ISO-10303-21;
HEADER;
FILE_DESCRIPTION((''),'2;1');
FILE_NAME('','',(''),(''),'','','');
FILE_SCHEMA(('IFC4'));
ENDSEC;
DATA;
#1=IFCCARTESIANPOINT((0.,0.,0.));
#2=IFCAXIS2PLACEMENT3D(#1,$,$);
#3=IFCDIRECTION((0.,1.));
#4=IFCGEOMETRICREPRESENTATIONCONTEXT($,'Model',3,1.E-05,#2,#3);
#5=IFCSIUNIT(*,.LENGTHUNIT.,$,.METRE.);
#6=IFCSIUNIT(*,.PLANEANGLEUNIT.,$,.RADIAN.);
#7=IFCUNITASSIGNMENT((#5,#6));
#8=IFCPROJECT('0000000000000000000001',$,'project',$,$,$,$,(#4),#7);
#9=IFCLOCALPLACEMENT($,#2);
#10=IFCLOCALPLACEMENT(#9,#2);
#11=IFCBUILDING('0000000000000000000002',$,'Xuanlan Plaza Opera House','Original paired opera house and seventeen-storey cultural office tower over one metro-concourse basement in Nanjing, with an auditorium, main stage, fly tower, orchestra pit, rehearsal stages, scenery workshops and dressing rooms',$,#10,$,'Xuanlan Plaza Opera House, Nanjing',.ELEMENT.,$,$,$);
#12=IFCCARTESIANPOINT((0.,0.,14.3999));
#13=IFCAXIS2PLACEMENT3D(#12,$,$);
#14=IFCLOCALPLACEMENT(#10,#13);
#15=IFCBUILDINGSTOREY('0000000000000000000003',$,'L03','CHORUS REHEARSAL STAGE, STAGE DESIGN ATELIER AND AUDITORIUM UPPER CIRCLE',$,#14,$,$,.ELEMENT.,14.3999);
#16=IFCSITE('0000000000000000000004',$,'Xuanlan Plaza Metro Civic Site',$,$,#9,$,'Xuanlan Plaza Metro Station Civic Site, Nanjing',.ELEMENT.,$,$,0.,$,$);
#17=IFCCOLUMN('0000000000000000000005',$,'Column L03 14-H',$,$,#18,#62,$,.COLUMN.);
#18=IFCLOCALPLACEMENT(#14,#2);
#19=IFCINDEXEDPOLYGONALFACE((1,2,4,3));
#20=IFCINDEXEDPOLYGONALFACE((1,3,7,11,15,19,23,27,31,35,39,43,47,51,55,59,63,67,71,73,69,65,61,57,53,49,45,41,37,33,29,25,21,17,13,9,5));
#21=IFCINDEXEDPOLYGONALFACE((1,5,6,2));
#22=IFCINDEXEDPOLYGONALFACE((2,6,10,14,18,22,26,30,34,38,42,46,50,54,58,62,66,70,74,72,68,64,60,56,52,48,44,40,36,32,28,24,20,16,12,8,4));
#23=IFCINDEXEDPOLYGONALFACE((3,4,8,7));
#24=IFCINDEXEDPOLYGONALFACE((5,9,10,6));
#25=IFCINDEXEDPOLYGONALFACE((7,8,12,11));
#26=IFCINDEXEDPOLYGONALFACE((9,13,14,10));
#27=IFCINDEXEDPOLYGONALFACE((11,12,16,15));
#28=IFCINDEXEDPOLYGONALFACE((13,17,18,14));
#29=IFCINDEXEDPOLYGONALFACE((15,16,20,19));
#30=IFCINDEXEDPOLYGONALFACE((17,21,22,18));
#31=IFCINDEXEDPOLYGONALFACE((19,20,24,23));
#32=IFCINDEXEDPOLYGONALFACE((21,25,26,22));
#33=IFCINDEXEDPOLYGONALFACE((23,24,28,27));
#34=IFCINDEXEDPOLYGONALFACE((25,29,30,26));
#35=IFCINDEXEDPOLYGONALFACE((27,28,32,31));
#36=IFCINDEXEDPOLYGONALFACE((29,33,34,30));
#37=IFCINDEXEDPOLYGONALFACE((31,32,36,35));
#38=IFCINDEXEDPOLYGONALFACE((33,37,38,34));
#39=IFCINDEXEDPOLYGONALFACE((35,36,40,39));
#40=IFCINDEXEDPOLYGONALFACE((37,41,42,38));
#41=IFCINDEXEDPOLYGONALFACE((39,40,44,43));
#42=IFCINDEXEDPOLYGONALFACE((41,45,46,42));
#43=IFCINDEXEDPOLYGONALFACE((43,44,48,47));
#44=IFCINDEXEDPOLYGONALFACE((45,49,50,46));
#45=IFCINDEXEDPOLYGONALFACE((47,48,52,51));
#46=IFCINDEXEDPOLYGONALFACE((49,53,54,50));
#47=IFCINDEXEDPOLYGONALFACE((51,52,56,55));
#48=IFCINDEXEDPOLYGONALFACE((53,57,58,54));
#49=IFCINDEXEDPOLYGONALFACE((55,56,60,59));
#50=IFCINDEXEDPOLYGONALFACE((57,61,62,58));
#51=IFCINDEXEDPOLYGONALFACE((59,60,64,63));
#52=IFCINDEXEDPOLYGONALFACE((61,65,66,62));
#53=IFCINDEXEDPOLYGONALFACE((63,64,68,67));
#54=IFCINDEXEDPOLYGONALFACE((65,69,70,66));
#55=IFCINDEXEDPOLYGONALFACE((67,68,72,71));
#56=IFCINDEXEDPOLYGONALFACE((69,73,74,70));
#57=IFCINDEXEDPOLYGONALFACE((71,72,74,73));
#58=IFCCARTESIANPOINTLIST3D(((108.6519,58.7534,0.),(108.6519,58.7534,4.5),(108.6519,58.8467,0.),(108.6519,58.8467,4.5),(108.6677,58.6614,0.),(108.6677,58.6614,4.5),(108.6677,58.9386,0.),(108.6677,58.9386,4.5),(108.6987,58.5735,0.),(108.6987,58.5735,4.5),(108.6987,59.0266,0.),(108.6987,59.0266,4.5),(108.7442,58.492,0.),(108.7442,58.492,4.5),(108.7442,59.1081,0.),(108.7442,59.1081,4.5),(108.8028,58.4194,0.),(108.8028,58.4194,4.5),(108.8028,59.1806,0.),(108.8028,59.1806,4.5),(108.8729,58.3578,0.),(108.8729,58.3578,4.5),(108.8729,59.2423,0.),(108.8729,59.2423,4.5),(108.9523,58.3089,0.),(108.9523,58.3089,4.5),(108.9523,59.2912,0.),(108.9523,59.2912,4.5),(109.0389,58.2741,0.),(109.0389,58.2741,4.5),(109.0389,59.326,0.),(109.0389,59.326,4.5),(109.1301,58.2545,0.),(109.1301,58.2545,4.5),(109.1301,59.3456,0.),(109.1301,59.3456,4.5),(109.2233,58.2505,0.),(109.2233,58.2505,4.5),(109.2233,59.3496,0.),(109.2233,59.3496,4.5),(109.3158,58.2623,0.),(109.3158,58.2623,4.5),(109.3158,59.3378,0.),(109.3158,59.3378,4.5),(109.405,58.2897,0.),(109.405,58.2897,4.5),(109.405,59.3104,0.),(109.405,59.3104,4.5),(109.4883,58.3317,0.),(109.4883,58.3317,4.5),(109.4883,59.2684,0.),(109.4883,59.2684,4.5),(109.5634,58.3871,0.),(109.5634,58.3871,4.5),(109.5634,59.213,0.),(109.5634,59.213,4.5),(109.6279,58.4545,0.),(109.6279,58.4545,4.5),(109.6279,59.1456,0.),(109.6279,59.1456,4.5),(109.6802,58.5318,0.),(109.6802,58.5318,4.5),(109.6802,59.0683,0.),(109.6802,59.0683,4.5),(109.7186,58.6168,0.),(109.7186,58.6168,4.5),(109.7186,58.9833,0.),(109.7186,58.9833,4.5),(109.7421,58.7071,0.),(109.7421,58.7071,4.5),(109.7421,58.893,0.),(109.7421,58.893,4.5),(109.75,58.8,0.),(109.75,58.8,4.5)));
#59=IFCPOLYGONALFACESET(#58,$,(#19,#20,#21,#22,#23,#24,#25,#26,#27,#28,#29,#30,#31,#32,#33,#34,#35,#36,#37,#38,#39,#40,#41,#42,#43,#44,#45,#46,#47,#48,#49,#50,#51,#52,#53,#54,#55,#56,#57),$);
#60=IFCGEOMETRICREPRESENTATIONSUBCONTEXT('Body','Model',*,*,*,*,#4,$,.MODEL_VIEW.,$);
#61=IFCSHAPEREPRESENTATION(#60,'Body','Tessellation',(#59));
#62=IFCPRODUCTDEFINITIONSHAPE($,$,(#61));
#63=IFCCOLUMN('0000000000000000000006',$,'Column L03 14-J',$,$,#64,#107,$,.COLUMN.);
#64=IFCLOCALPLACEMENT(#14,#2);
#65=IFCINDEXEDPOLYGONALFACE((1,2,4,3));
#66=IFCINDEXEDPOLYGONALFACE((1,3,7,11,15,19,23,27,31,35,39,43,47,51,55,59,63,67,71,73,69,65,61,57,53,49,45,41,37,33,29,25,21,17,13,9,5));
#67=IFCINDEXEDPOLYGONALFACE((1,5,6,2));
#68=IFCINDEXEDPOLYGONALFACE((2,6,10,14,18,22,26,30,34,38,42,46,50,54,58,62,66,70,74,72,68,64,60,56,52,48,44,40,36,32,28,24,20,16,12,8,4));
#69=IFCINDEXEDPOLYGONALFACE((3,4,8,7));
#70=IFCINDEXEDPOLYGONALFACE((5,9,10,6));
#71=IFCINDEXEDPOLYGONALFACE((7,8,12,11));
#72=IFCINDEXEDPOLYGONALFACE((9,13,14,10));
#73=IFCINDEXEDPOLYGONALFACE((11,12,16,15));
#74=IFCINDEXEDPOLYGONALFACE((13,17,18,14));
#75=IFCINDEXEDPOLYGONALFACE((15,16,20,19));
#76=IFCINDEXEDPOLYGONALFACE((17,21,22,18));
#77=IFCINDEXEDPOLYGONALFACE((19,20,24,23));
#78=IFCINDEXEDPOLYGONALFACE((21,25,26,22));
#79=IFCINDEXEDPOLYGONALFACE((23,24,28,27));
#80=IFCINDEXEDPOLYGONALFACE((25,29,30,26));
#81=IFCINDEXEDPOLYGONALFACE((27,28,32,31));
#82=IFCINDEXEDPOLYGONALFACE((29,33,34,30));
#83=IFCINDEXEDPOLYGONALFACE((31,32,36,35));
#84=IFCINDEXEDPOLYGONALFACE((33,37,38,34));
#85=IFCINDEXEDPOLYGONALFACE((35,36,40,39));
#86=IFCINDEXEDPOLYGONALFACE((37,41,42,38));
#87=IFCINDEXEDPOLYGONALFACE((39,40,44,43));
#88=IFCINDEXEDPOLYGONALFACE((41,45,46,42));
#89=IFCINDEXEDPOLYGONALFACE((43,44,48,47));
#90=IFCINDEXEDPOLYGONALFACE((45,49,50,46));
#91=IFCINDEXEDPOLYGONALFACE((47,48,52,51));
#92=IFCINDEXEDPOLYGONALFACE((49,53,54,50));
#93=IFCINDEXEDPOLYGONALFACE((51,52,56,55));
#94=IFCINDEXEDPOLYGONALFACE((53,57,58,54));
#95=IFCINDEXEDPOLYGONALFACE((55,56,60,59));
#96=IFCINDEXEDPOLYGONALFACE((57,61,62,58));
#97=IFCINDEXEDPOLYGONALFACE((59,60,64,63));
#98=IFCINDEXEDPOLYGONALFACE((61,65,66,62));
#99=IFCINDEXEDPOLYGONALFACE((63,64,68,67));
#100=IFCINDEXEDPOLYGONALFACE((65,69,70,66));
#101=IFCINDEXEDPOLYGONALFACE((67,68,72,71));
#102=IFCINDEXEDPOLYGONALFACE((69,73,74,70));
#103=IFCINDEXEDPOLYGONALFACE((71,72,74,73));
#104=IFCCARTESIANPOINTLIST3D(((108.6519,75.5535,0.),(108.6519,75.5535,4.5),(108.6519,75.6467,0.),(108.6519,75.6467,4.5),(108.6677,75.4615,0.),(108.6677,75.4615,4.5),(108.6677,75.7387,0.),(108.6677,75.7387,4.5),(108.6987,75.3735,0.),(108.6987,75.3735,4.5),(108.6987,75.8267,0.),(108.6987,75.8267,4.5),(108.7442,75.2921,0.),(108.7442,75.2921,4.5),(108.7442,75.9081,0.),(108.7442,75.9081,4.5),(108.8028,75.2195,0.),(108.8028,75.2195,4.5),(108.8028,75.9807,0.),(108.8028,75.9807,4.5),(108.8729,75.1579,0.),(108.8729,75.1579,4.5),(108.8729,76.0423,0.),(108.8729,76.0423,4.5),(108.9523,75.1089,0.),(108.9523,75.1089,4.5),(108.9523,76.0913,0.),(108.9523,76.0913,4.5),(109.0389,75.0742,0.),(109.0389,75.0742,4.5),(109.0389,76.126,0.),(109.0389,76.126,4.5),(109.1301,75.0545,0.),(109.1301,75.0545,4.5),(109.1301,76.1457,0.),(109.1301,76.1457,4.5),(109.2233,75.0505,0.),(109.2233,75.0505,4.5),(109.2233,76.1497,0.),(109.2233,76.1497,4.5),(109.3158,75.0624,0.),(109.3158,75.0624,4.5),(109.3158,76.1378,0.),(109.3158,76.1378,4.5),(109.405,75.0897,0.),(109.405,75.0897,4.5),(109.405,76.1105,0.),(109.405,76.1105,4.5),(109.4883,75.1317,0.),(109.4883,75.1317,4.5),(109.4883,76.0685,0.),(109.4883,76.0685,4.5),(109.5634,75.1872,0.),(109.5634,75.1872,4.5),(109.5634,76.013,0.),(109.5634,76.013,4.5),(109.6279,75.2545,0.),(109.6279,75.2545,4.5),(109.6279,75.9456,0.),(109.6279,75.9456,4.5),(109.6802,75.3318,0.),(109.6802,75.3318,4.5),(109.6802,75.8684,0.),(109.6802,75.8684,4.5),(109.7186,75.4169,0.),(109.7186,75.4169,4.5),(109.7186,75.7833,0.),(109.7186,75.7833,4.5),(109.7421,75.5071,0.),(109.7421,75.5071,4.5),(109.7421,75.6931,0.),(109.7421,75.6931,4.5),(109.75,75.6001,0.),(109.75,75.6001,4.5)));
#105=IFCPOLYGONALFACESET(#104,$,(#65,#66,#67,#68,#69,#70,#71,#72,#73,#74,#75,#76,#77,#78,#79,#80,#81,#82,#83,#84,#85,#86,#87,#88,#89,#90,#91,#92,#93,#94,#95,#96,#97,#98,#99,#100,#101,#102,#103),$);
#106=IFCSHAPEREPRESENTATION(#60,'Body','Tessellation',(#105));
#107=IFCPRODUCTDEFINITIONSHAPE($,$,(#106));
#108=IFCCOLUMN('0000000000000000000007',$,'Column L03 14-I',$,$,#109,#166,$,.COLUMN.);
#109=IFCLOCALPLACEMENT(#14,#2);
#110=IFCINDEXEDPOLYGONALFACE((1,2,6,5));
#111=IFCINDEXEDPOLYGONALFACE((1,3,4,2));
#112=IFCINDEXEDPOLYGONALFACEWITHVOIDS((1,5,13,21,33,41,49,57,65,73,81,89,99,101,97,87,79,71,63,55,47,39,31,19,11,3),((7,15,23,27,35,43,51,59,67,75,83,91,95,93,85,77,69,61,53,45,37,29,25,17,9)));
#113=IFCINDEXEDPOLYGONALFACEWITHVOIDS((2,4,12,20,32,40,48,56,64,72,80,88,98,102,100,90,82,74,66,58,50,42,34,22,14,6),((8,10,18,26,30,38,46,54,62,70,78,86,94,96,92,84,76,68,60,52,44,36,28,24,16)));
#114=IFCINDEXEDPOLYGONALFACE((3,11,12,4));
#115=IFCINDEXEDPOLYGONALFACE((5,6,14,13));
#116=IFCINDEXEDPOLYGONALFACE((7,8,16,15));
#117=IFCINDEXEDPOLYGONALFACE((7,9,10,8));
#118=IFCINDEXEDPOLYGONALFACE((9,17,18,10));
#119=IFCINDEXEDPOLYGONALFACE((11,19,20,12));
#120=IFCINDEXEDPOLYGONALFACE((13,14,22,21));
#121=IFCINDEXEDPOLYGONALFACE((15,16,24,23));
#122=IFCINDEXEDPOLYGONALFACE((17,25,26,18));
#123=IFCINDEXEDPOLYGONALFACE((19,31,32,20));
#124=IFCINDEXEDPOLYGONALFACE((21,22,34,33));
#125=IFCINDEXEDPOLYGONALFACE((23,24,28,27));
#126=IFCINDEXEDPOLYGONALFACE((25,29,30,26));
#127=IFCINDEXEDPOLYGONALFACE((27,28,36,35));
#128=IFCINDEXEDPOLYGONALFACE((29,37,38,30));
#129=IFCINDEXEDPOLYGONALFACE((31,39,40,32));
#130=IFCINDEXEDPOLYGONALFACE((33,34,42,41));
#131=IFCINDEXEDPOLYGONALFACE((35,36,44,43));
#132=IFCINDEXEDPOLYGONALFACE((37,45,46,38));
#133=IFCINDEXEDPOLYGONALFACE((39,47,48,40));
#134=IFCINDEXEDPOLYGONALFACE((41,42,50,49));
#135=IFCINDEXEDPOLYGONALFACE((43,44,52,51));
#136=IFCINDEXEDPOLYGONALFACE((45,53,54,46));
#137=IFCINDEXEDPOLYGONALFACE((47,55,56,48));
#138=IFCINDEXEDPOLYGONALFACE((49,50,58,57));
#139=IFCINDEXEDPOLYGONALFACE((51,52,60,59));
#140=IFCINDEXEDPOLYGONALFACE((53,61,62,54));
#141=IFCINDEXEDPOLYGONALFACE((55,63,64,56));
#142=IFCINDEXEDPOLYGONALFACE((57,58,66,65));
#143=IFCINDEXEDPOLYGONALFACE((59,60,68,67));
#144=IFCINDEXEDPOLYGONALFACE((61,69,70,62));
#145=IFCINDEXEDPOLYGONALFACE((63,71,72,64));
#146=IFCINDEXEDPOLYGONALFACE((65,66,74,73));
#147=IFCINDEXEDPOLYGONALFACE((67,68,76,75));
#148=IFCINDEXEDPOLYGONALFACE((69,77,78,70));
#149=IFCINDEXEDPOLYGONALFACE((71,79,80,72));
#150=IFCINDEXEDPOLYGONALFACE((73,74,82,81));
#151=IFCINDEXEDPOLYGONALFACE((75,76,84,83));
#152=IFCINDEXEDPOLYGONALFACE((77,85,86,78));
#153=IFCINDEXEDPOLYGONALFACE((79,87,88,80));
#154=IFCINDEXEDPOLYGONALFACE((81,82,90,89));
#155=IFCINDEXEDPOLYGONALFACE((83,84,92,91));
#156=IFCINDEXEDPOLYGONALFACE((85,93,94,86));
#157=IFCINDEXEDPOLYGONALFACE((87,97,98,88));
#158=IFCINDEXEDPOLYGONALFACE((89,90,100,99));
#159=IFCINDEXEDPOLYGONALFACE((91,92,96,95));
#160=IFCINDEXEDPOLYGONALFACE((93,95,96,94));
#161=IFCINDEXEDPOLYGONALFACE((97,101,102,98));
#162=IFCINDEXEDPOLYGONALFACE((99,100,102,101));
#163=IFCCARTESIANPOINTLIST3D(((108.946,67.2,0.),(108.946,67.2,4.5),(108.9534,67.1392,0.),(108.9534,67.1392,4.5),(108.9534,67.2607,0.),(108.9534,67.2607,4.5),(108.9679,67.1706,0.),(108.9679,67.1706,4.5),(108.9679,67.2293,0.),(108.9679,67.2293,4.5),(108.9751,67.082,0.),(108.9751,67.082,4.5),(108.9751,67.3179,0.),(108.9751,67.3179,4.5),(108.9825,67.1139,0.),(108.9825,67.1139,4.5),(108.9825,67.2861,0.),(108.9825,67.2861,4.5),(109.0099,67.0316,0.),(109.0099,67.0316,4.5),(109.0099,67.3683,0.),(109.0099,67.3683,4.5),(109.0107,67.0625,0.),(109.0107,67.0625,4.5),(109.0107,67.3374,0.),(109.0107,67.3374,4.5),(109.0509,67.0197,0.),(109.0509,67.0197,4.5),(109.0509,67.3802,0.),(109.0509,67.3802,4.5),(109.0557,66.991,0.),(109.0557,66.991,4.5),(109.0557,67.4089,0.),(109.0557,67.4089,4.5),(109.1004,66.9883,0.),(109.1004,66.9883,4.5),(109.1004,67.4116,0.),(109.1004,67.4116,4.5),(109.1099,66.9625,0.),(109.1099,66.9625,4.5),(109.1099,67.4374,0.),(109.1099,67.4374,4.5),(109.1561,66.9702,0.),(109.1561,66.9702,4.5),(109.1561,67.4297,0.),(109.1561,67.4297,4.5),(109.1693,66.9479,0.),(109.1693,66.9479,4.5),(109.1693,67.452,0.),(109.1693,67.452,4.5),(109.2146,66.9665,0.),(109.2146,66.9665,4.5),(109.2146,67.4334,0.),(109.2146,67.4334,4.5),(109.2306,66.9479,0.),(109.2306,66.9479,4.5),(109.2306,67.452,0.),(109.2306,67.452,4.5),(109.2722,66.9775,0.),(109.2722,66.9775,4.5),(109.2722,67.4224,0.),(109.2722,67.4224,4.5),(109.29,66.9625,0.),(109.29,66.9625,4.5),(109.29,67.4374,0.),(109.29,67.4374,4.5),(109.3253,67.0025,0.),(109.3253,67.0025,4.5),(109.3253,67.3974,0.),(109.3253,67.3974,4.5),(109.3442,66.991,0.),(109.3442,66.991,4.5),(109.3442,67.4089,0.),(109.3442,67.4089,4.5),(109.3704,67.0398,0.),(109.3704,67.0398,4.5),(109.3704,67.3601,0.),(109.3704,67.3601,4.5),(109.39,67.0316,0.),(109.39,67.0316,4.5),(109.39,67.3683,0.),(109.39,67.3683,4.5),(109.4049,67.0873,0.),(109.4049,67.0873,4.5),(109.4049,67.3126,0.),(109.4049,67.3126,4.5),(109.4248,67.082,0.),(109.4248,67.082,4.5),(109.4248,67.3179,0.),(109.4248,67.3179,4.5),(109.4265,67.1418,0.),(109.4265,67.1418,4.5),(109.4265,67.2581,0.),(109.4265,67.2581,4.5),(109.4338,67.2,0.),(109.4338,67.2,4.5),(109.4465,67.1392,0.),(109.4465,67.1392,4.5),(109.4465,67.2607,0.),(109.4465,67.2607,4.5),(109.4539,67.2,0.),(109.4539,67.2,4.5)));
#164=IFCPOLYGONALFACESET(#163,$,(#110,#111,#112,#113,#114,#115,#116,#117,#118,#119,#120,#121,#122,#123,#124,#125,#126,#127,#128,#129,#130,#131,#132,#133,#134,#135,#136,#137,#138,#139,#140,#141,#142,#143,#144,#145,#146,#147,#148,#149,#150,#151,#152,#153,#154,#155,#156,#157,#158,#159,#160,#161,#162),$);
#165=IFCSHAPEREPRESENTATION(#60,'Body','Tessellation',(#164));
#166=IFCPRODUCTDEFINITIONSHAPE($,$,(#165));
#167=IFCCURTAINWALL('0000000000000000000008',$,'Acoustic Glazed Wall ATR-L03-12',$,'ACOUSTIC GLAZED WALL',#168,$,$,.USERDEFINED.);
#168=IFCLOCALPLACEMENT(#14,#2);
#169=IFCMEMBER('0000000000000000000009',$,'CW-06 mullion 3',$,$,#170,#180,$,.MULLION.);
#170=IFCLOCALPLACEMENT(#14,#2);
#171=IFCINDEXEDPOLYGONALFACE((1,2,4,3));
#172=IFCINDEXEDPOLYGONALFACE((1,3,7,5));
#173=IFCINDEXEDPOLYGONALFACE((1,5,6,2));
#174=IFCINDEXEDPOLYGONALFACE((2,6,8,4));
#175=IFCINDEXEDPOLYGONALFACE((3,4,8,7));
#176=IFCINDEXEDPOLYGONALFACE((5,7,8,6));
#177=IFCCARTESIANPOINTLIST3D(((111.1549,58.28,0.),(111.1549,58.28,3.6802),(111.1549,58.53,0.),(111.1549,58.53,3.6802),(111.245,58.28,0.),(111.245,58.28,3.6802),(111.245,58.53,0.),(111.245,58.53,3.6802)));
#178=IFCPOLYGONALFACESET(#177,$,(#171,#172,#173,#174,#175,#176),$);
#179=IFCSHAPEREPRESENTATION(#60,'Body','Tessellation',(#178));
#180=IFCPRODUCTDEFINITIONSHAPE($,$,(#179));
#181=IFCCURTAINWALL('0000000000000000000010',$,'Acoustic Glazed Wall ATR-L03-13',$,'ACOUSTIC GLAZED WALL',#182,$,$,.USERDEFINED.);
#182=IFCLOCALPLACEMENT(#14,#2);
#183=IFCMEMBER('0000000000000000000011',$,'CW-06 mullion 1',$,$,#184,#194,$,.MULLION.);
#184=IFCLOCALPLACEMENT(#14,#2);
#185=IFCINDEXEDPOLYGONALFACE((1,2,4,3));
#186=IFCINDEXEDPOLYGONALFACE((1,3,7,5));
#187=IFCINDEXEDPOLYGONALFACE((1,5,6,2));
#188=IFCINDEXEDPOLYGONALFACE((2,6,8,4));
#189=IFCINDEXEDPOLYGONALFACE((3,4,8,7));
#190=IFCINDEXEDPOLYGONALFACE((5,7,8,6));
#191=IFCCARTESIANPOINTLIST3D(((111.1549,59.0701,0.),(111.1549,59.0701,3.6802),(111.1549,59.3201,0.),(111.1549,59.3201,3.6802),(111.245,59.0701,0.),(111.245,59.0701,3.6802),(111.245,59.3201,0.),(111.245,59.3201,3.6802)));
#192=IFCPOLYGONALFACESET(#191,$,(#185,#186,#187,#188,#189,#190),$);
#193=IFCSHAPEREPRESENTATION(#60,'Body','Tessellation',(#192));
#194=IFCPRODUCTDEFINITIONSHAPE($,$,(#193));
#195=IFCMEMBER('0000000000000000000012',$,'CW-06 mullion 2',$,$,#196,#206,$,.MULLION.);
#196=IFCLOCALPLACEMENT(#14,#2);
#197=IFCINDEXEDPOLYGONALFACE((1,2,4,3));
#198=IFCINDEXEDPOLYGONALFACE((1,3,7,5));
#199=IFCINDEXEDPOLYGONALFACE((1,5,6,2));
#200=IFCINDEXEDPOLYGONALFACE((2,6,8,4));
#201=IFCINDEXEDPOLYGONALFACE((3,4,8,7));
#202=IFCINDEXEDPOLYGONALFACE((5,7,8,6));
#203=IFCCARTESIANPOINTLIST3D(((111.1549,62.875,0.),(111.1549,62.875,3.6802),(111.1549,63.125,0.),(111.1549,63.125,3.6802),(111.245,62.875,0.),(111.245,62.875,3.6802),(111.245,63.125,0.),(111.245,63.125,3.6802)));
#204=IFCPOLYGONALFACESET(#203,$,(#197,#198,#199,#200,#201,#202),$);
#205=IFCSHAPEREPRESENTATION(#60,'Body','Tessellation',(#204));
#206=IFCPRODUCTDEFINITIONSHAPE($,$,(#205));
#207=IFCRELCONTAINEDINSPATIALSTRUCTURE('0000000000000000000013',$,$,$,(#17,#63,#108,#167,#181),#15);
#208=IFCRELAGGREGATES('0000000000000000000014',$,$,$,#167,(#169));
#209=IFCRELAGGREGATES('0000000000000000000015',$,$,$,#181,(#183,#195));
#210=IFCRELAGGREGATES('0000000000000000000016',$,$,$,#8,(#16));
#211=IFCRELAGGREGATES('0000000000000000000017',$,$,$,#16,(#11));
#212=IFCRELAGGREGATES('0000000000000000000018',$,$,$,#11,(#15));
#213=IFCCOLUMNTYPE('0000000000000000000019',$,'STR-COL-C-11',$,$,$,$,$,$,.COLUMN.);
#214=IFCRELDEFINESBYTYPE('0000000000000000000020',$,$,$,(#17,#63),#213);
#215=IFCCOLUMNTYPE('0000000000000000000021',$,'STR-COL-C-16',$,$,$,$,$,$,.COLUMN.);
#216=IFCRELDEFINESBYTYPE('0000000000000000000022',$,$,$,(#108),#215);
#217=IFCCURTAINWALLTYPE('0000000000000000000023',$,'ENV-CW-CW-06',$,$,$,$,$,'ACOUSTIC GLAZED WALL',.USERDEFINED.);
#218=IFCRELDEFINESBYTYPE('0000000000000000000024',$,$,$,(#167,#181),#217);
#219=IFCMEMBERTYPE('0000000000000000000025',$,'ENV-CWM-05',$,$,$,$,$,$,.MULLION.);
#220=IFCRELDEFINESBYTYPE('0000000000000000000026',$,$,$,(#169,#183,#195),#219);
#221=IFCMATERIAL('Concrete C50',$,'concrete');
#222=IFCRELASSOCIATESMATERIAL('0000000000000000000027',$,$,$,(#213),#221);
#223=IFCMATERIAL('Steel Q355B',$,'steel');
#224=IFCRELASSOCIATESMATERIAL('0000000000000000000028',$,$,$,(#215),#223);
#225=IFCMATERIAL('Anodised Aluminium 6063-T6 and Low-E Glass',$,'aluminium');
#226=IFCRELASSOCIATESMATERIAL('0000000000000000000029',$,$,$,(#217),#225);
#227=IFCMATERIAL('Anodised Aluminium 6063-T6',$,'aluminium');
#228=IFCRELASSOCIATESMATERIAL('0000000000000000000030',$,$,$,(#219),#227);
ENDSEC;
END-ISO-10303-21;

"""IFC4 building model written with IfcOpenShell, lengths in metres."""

from ifc_helpers import new_model, si_unit, direction, frame, origin, origin_2d, place, context, subcontext, project, spatial, rectangle, circle, hollow_circle, extrude, material, material_profile, profile_set, type_object, element, aggregate, save


model = new_model("IFC4")

# Units and contexts
model_context = context("Model", 3, precision=1e-05, world=origin(), true_north=direction((0.0, 1.0)))
body_context = subcontext(model_context, "Body", "Model", "MODEL_VIEW")
ifc_project = project(units=[si_unit("LENGTHUNIT", "METRE"), si_unit("PLANEANGLEUNIT", "RADIAN")], contexts=[model_context])

# Site, building, storey
site_placement = place(None, origin())
site = spatial("IfcSite", under=ifc_project, at=site_placement, Name="Xuanlan Plaza Metro Civic Site", LongName="Xuanlan Plaza Metro Station Civic Site, Nanjing", CompositionType="ELEMENT", RefElevation=0.0)
building_placement = place(site_placement, origin())
building = spatial("IfcBuilding", under=site, at=building_placement, Name="Xuanlan Plaza Opera House", Description="Original paired opera house and seventeen-storey cultural office tower over one metro-concourse basement in Nanjing, with an auditorium, main stage, fly tower, orchestra pit, rehearsal stages, scenery workshops and dressing rooms", LongName="Xuanlan Plaza Opera House, Nanjing", CompositionType="ELEMENT")
storey_placement = place(building_placement, frame((0.0, 0.0, 14.3999)))
storey = spatial("IfcBuildingStorey", under=building, at=storey_placement, Name="L03", Description="CHORUS REHEARSAL STAGE, STAGE DESIGN ATELIER AND AUDITORIUM UPPER CIRCLE", CompositionType="ELEMENT", Elevation=14.3999)

# Columns
ifc_material_1 = material(Name="Concrete C50", Category="concrete")
ifc_material_profile_1 = material_profile(ifc_material_1, circle(Radius=0.55, at=origin_2d()), Name="RC-COL D1100")
ifc_profile_set_1 = profile_set([ifc_material_profile_1], Name="Concrete C50")
column_type_1 = type_object("IfcColumnType", Name="STR-COL-C-11", PredefinedType="COLUMN", material=ifc_profile_set_1)
for number, where, z_axis, x_axis, name in (
    (1, (109.2, 58.8, 0.0), (0.0, 0.0, 1.0), (1.0, 0.0, 0.0), "Column L03 14-H"),
    (2, (109.2, 75.6001, 0.0), (0.0, 0.0, 1.0), (1.0, 0.0, 0.0), "Column L03 14-J"),
):
    element("IfcColumn", number, at=place(storey_placement, frame(where, z_axis=z_axis, x_axis=x_axis)), inside=storey, type_object=column_type_1, Name=name, PredefinedType="COLUMN", context=body_context, shape_type="SweptSolid", body=[
        extrude(circle(Radius=0.55, at=origin_2d()), origin(), (0.0, 0.0, 1.0), 4.5),
    ])
ifc_material_2 = material(Name="Steel Q355B", Category="steel")
ifc_material_profile_2 = material_profile(ifc_material_2, hollow_circle(Radius=0.2539, WallThickness=0.02, at=origin_2d()), Name="CHS 508x20")
ifc_profile_set_2 = profile_set([ifc_material_profile_2], Name="Steel Q355B")
column_type_2 = type_object("IfcColumnType", Name="STR-COL-C-16", PredefinedType="COLUMN", material=ifc_profile_set_2)
column_placement = place(storey_placement, frame((109.2, 67.2, 0.0), z_axis=(0.0, 0.0, 1.0), x_axis=(1.0, 0.0, 0.0)))
element("IfcColumn", 3, at=column_placement, inside=storey, type_object=column_type_2, Name="Column L03 14-I", PredefinedType="COLUMN", context=body_context, shape_type="SweptSolid", body=[
    extrude(hollow_circle(Radius=0.2539, WallThickness=0.02, at=origin_2d()), origin(), (0.0, 0.0, 1.0), 4.5),
])

# Curtain wall, member
ifc_material_3 = material(Name="Anodised Aluminium 6063-T6 and Low-E Glass", Category="aluminium")
curtain_wall_type = type_object("IfcCurtainWallType", Name="ENV-CW-CW-06", ElementType="ACOUSTIC GLAZED WALL", PredefinedType="USERDEFINED", material=ifc_material_3)
curtain_wall_1_placement = place(storey_placement, origin())
curtain_wall_1 = element("IfcCurtainWall", 4, at=curtain_wall_1_placement, inside=storey, type_object=curtain_wall_type, Name="Acoustic Glazed Wall ATR-L03-12", ObjectType="ACOUSTIC GLAZED WALL", PredefinedType="USERDEFINED")
ifc_material_4 = material(Name="Anodised Aluminium 6063-T6", Category="aluminium")
ifc_material_profile_3 = material_profile(ifc_material_4, rectangle(XDim=0.0901, YDim=0.25, at=origin_2d()), Name="ALU-M 90x250")
ifc_profile_set_3 = profile_set([ifc_material_profile_3], Name="Anodised Aluminium 6063-T6")
member_type_1 = type_object("IfcMemberType", Name="ENV-CWM-05", PredefinedType="MULLION", material=ifc_profile_set_3)
member_1_placement = place(storey_placement, frame((111.2, 58.405, 0.0), z_axis=(0.0, 0.0, 1.0), x_axis=(-1.0, 0.0, 0.0)))
member_1 = element("IfcMember", 5, at=member_1_placement, type_object=member_type_1, Name="CW-06 mullion 3", PredefinedType="MULLION", context=body_context, shape_type="SweptSolid", body=[
    extrude(rectangle(XDim=0.0901, YDim=0.25, at=origin_2d()), origin(), (0.0, 0.0, 1.0), 3.6802),
])
aggregate(curtain_wall_1, [member_1])

# Curtain wall, members
curtain_wall_2_placement = place(storey_placement, origin())
curtain_wall_2 = element("IfcCurtainWall", 6, at=curtain_wall_2_placement, inside=storey, type_object=curtain_wall_type, Name="Acoustic Glazed Wall ATR-L03-13", ObjectType="ACOUSTIC GLAZED WALL", PredefinedType="USERDEFINED")
member_2_placement = place(storey_placement, frame((111.2, 59.1951, 0.0), z_axis=(0.0, 0.0, 1.0), x_axis=(-1.0, 0.0, 0.0)))
member_2 = element("IfcMember", 7, at=member_2_placement, type_object=member_type_1, Name="CW-06 mullion 1", PredefinedType="MULLION", context=body_context, shape_type="SweptSolid", body=[
    extrude(rectangle(XDim=0.0901, YDim=0.25, at=origin_2d()), origin(), (0.0, 0.0, 1.0), 3.6802),
])
member_3_placement = place(storey_placement, frame((111.2, 63.0, 0.0), z_axis=(0.0, 0.0, 1.0), x_axis=(-1.0, 0.0, 0.0)))
member_3 = element("IfcMember", 8, at=member_3_placement, type_object=member_type_1, Name="CW-06 mullion 2", PredefinedType="MULLION", context=body_context, shape_type="SweptSolid", body=[
    extrude(rectangle(XDim=0.0901, YDim=0.25, at=origin_2d()), origin(), (0.0, 0.0, 1.0), 3.6802),
])

aggregate(curtain_wall_2, [member_2, member_3])

save(model, "model.ifc")
